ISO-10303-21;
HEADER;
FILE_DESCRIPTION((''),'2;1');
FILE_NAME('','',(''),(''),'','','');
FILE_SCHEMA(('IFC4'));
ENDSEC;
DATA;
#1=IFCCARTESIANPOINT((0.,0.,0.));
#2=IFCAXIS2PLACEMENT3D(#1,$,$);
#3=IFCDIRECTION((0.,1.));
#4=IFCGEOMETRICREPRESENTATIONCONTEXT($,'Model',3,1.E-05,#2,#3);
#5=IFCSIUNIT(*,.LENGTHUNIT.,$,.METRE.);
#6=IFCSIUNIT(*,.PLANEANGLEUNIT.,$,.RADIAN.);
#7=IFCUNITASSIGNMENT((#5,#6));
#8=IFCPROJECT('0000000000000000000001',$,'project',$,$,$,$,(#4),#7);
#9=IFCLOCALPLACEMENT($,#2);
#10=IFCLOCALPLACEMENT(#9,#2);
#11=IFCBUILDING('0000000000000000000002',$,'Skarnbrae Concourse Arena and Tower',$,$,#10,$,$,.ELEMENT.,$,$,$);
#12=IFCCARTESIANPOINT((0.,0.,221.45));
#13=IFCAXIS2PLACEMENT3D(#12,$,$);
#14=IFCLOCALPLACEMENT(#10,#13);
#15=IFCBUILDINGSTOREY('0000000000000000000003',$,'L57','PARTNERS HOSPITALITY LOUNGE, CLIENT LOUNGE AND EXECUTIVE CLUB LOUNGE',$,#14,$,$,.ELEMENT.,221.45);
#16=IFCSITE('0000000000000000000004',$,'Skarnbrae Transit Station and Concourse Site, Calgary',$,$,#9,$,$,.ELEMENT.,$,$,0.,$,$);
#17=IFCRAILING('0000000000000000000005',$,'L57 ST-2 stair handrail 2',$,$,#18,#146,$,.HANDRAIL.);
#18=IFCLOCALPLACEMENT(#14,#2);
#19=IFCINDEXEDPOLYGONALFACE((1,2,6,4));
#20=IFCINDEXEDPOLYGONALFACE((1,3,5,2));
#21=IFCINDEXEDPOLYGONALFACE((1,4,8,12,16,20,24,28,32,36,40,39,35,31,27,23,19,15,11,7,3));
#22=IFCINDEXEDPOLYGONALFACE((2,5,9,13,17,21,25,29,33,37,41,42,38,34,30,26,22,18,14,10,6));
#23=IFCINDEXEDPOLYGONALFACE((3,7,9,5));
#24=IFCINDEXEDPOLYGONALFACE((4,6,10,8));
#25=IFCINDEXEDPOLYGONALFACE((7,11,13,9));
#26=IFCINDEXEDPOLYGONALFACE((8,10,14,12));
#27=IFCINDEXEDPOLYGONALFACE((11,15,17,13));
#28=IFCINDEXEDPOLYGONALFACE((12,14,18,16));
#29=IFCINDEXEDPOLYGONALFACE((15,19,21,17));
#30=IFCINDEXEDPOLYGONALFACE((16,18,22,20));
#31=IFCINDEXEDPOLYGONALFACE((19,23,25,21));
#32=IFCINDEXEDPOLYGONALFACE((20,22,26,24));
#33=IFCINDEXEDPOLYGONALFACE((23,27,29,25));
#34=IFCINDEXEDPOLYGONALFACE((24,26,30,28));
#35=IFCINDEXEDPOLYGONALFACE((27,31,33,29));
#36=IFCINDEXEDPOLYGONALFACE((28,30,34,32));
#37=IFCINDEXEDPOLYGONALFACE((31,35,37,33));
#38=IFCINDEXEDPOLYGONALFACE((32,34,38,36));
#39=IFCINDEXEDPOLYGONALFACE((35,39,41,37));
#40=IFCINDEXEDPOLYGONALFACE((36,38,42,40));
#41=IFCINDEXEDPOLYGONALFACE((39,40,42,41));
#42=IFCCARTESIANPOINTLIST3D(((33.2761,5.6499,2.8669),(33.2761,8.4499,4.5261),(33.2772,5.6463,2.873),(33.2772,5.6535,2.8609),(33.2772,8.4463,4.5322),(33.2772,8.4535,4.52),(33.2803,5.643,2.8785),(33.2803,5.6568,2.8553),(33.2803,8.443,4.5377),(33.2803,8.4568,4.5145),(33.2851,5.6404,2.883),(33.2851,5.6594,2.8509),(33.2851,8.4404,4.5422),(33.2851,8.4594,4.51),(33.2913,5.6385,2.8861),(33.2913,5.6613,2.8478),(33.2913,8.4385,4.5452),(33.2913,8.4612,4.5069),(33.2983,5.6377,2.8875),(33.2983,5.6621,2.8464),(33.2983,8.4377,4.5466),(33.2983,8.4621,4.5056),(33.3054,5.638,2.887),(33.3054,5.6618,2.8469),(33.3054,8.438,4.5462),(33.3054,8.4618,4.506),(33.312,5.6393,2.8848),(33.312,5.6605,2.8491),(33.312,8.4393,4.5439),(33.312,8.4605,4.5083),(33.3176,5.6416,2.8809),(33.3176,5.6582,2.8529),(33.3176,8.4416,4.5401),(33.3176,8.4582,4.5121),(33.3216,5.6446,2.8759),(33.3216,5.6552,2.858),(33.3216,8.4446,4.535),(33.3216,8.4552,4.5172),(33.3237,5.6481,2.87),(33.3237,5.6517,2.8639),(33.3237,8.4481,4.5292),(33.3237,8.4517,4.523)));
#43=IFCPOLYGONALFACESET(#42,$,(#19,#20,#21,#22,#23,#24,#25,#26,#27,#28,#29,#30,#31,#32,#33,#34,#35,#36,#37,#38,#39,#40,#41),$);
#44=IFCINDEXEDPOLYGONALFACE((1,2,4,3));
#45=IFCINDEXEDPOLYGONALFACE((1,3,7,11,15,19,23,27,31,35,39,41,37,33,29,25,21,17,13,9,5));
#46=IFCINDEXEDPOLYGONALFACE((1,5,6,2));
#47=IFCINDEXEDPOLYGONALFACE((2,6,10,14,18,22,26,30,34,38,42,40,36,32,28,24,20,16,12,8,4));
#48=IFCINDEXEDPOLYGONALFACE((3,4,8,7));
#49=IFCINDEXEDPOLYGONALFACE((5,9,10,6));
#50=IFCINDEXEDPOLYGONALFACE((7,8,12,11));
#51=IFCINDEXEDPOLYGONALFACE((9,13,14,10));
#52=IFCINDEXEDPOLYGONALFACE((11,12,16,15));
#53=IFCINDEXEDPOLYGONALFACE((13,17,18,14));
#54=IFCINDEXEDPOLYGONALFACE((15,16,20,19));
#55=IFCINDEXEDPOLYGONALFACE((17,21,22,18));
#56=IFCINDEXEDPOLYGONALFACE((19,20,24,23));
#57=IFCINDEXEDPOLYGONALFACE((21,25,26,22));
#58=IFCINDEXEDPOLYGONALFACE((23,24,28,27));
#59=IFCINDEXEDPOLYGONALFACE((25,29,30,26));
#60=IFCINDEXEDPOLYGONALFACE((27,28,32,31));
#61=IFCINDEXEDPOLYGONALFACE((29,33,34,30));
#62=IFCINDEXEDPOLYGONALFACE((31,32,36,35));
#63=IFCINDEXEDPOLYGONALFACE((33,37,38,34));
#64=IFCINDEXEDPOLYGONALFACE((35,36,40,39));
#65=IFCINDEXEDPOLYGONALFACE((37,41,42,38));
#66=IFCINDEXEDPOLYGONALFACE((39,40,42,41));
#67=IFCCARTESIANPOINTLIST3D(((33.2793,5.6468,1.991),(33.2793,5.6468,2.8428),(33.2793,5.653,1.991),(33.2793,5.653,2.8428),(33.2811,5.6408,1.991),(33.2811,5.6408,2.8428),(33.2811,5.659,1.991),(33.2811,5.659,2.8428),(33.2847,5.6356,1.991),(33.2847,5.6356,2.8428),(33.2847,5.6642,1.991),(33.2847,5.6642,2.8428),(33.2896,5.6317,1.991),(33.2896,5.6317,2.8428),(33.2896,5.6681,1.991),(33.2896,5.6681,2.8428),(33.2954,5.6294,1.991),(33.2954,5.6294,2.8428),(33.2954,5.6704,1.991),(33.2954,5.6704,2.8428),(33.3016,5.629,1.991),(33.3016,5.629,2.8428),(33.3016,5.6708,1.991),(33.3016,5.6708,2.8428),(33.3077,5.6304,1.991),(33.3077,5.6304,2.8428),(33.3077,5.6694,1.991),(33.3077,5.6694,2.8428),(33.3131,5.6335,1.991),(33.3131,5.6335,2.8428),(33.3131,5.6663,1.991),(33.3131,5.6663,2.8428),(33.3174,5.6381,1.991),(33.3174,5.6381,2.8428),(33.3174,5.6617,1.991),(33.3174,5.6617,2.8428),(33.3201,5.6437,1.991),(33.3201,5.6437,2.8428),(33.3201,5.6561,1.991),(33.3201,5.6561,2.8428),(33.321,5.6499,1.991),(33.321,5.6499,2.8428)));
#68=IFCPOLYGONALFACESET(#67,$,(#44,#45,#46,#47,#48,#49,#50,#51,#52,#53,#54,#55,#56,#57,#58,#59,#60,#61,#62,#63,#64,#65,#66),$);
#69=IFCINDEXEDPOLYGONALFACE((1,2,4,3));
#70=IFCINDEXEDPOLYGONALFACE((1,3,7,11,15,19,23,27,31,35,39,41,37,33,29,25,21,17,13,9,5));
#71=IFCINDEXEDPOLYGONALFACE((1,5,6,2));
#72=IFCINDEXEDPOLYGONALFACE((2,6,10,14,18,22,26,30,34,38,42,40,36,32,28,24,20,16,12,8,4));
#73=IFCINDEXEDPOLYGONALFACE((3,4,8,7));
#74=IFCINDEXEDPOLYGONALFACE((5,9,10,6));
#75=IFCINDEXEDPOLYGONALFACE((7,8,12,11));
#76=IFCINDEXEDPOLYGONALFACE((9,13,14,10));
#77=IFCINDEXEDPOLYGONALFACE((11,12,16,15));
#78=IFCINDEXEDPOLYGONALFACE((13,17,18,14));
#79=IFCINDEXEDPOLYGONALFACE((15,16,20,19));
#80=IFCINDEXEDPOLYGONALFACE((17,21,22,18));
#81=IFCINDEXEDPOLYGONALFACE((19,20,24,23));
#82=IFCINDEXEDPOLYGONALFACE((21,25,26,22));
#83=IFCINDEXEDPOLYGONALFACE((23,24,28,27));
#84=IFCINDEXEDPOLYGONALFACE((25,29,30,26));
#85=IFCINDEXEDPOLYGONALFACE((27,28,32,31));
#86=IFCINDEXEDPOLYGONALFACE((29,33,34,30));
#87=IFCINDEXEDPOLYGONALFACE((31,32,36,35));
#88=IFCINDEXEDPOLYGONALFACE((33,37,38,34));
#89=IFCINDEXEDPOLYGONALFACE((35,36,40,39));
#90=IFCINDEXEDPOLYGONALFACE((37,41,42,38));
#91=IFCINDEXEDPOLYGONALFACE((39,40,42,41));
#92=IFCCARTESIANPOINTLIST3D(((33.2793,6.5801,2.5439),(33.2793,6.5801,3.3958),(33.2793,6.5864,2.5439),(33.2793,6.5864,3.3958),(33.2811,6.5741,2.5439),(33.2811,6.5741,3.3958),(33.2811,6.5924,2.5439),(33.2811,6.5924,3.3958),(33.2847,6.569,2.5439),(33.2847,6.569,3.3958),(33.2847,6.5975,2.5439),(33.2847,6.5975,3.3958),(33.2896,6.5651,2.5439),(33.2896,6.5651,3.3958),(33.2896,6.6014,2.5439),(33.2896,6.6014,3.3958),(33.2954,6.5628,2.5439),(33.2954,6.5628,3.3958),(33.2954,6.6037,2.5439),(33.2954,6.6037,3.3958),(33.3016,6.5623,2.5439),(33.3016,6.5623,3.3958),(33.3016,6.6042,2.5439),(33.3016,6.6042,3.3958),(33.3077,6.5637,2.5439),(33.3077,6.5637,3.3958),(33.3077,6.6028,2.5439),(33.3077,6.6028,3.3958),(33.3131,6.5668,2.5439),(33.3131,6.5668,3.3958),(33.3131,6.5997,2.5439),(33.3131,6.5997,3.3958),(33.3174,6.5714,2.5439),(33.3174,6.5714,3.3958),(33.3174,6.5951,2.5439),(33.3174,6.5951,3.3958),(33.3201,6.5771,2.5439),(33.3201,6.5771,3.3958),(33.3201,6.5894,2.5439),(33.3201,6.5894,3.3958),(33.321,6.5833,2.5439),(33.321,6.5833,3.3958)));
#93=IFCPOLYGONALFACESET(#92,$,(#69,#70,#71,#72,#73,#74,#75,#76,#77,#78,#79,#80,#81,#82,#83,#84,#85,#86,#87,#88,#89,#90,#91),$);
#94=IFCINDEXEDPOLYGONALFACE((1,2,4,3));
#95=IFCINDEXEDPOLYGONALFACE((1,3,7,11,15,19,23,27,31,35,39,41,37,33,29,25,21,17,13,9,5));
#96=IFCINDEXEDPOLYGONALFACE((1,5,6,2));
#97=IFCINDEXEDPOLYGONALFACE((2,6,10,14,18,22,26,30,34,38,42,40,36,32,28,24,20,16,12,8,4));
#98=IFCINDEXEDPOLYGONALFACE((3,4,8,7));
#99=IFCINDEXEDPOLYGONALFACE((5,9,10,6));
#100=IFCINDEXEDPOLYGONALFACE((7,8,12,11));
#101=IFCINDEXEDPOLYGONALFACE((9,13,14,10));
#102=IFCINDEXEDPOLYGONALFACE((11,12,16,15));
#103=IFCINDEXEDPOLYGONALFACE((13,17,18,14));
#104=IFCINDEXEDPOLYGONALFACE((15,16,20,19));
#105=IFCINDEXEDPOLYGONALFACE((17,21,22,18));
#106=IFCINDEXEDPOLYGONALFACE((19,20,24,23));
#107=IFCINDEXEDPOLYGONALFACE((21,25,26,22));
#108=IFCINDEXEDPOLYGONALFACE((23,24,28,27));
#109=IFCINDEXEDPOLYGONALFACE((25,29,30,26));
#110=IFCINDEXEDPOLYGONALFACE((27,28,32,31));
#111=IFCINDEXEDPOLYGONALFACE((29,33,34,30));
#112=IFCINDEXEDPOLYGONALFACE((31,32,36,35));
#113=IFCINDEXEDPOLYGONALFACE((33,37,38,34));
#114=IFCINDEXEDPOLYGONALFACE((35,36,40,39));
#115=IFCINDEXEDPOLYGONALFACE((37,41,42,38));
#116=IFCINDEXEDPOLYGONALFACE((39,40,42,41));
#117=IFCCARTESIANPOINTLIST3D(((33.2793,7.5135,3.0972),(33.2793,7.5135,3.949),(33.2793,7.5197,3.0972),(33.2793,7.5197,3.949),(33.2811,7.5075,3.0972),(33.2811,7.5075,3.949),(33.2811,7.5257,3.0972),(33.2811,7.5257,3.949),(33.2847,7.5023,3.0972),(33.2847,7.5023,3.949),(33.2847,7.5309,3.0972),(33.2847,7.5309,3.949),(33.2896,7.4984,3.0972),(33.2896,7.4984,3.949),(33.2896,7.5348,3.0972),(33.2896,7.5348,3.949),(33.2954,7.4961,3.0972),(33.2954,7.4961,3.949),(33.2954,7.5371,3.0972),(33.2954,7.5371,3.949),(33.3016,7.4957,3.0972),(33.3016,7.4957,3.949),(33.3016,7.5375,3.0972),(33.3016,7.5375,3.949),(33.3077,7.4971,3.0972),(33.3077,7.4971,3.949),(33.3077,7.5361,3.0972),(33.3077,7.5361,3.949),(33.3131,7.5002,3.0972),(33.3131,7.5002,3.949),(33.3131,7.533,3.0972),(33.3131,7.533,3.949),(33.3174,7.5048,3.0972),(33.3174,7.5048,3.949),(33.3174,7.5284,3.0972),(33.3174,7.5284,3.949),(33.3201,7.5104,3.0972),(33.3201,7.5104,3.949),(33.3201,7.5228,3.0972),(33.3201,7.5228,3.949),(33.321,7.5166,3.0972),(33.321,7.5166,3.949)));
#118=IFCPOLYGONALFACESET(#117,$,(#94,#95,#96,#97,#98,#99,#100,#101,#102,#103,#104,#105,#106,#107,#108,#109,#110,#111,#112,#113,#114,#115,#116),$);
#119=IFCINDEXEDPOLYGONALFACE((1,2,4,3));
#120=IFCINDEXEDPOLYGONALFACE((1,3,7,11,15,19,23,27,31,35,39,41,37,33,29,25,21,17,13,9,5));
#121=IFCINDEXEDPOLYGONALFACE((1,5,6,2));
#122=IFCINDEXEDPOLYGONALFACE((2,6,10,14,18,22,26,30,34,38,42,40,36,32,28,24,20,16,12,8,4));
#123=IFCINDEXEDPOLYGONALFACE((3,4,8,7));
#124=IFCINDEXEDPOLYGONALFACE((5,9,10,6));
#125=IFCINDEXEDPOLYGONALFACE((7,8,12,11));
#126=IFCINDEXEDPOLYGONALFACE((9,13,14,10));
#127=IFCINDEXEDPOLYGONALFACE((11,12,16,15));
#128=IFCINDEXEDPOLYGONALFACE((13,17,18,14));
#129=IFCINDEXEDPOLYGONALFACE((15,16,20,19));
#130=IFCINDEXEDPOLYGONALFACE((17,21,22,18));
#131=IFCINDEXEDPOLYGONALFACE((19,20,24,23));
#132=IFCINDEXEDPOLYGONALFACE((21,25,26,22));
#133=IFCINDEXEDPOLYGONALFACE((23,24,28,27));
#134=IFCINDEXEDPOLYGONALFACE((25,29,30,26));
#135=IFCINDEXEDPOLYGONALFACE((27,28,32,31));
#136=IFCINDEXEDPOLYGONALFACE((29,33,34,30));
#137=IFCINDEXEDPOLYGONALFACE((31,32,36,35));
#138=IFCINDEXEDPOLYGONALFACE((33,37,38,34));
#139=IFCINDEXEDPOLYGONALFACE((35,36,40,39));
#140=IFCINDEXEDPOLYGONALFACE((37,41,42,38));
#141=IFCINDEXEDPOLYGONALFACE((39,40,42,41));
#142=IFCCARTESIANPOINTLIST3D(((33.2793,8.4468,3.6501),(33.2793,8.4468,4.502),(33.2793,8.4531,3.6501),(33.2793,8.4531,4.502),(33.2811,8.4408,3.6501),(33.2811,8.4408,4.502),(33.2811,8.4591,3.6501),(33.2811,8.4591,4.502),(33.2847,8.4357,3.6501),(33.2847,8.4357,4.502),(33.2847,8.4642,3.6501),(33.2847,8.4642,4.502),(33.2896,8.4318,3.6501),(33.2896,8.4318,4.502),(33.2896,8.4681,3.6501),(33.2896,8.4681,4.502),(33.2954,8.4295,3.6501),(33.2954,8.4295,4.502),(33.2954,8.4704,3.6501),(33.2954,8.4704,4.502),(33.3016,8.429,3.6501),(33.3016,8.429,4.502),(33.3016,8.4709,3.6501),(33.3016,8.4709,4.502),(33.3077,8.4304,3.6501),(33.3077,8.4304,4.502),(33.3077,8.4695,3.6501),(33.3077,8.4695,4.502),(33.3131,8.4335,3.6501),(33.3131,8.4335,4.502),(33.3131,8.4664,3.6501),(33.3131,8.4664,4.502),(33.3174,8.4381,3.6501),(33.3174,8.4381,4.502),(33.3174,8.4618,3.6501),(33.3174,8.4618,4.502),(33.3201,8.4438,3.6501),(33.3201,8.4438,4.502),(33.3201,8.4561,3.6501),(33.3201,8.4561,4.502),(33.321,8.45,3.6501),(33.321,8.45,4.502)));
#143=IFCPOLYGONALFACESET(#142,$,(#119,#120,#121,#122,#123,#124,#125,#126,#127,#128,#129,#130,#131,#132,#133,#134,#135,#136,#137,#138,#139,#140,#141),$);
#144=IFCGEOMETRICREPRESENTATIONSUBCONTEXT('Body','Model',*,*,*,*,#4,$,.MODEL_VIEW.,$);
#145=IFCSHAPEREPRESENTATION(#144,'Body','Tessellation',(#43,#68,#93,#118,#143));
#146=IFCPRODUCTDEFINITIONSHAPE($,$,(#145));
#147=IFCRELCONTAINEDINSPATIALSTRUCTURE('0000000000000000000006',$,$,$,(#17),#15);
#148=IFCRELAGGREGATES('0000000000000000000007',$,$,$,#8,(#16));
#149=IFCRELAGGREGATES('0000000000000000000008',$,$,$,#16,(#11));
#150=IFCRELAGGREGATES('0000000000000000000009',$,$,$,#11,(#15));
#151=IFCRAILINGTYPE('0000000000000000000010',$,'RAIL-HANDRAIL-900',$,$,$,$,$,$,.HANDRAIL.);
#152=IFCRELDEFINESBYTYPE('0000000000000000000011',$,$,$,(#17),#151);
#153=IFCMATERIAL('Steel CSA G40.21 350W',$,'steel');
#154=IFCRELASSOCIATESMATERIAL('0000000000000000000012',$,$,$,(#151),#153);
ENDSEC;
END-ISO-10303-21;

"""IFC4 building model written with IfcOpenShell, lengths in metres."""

from ifc_helpers import new_model, si_unit, direction, frame, origin, origin_2d, place, context, subcontext, project, spatial, circle, extrude, material, type_object, element, save


model = new_model("IFC4")

# Units and contexts
model_context = context("Model", 3, precision=1e-05, world=origin(), true_north=direction((0.0, 1.0)))
body_context = subcontext(model_context, "Body", "Model", "MODEL_VIEW")
ifc_project = project(units=[si_unit("LENGTHUNIT", "METRE"), si_unit("PLANEANGLEUNIT", "RADIAN")], contexts=[model_context])

# Site, building, storey
site_placement = place(None, origin())
site = spatial("IfcSite", under=ifc_project, at=site_placement, Name="Skarnbrae Transit Station and Concourse Site, Calgary", CompositionType="ELEMENT", RefElevation=0.0)
building_placement = place(site_placement, origin())
building = spatial("IfcBuilding", under=site, at=building_placement, Name="Skarnbrae Concourse Arena and Tower", CompositionType="ELEMENT")
storey_placement = place(building_placement, frame((0.0, 0.0, 221.45)))
storey = spatial("IfcBuildingStorey", under=building, at=storey_placement, Name="L57", Description="PARTNERS HOSPITALITY LOUNGE, CLIENT LOUNGE AND EXECUTIVE CLUB LOUNGE", CompositionType="ELEMENT", Elevation=221.45)

# Shared definitions
ifc_material_1 = material(Name="Steel CSA G40.21 350W", Category="steel")

# Railing
railing_type_1 = type_object("IfcRailingType", Name="RAIL-HANDRAIL-900", PredefinedType="HANDRAIL", material=ifc_material_1)
railing_1_placement = place(storey_placement, frame((33.3, 5.6499, 1.991)))
element("IfcRailing", 1, at=railing_1_placement, inside=storey, type_object=railing_type_1, Name="L57 ST-2 stair handrail 2", PredefinedType="HANDRAIL", context=body_context, shape_type="SweptSolid", body=[
    extrude(circle(Radius=0.0239, at=origin_2d()), frame((0.0, 0.0, 0.876), z_axis=(0.0, 0.860306, 0.509778), x_axis=(-1.0, 0.0, 0.0)), (0.0, 0.0, 1.0), 3.2546),
    extrude(circle(Radius=0.021, at=origin_2d()), origin(), (0.0, 0.0, 1.0), 0.8518),
    extrude(circle(Radius=0.021, at=origin_2d()), frame((0.0, 0.9333, 0.553)), (0.0, 0.0, 1.0), 0.8518),
    extrude(circle(Radius=0.021, at=origin_2d()), frame((0.0, 1.8667, 1.1062)), (0.0, 0.0, 1.0), 0.8518),
    extrude(circle(Radius=0.021, at=origin_2d()), frame((0.0, 2.8, 1.6592)), (0.0, 0.0, 1.0), 0.8518),
])

save(model, "model.ifc")
